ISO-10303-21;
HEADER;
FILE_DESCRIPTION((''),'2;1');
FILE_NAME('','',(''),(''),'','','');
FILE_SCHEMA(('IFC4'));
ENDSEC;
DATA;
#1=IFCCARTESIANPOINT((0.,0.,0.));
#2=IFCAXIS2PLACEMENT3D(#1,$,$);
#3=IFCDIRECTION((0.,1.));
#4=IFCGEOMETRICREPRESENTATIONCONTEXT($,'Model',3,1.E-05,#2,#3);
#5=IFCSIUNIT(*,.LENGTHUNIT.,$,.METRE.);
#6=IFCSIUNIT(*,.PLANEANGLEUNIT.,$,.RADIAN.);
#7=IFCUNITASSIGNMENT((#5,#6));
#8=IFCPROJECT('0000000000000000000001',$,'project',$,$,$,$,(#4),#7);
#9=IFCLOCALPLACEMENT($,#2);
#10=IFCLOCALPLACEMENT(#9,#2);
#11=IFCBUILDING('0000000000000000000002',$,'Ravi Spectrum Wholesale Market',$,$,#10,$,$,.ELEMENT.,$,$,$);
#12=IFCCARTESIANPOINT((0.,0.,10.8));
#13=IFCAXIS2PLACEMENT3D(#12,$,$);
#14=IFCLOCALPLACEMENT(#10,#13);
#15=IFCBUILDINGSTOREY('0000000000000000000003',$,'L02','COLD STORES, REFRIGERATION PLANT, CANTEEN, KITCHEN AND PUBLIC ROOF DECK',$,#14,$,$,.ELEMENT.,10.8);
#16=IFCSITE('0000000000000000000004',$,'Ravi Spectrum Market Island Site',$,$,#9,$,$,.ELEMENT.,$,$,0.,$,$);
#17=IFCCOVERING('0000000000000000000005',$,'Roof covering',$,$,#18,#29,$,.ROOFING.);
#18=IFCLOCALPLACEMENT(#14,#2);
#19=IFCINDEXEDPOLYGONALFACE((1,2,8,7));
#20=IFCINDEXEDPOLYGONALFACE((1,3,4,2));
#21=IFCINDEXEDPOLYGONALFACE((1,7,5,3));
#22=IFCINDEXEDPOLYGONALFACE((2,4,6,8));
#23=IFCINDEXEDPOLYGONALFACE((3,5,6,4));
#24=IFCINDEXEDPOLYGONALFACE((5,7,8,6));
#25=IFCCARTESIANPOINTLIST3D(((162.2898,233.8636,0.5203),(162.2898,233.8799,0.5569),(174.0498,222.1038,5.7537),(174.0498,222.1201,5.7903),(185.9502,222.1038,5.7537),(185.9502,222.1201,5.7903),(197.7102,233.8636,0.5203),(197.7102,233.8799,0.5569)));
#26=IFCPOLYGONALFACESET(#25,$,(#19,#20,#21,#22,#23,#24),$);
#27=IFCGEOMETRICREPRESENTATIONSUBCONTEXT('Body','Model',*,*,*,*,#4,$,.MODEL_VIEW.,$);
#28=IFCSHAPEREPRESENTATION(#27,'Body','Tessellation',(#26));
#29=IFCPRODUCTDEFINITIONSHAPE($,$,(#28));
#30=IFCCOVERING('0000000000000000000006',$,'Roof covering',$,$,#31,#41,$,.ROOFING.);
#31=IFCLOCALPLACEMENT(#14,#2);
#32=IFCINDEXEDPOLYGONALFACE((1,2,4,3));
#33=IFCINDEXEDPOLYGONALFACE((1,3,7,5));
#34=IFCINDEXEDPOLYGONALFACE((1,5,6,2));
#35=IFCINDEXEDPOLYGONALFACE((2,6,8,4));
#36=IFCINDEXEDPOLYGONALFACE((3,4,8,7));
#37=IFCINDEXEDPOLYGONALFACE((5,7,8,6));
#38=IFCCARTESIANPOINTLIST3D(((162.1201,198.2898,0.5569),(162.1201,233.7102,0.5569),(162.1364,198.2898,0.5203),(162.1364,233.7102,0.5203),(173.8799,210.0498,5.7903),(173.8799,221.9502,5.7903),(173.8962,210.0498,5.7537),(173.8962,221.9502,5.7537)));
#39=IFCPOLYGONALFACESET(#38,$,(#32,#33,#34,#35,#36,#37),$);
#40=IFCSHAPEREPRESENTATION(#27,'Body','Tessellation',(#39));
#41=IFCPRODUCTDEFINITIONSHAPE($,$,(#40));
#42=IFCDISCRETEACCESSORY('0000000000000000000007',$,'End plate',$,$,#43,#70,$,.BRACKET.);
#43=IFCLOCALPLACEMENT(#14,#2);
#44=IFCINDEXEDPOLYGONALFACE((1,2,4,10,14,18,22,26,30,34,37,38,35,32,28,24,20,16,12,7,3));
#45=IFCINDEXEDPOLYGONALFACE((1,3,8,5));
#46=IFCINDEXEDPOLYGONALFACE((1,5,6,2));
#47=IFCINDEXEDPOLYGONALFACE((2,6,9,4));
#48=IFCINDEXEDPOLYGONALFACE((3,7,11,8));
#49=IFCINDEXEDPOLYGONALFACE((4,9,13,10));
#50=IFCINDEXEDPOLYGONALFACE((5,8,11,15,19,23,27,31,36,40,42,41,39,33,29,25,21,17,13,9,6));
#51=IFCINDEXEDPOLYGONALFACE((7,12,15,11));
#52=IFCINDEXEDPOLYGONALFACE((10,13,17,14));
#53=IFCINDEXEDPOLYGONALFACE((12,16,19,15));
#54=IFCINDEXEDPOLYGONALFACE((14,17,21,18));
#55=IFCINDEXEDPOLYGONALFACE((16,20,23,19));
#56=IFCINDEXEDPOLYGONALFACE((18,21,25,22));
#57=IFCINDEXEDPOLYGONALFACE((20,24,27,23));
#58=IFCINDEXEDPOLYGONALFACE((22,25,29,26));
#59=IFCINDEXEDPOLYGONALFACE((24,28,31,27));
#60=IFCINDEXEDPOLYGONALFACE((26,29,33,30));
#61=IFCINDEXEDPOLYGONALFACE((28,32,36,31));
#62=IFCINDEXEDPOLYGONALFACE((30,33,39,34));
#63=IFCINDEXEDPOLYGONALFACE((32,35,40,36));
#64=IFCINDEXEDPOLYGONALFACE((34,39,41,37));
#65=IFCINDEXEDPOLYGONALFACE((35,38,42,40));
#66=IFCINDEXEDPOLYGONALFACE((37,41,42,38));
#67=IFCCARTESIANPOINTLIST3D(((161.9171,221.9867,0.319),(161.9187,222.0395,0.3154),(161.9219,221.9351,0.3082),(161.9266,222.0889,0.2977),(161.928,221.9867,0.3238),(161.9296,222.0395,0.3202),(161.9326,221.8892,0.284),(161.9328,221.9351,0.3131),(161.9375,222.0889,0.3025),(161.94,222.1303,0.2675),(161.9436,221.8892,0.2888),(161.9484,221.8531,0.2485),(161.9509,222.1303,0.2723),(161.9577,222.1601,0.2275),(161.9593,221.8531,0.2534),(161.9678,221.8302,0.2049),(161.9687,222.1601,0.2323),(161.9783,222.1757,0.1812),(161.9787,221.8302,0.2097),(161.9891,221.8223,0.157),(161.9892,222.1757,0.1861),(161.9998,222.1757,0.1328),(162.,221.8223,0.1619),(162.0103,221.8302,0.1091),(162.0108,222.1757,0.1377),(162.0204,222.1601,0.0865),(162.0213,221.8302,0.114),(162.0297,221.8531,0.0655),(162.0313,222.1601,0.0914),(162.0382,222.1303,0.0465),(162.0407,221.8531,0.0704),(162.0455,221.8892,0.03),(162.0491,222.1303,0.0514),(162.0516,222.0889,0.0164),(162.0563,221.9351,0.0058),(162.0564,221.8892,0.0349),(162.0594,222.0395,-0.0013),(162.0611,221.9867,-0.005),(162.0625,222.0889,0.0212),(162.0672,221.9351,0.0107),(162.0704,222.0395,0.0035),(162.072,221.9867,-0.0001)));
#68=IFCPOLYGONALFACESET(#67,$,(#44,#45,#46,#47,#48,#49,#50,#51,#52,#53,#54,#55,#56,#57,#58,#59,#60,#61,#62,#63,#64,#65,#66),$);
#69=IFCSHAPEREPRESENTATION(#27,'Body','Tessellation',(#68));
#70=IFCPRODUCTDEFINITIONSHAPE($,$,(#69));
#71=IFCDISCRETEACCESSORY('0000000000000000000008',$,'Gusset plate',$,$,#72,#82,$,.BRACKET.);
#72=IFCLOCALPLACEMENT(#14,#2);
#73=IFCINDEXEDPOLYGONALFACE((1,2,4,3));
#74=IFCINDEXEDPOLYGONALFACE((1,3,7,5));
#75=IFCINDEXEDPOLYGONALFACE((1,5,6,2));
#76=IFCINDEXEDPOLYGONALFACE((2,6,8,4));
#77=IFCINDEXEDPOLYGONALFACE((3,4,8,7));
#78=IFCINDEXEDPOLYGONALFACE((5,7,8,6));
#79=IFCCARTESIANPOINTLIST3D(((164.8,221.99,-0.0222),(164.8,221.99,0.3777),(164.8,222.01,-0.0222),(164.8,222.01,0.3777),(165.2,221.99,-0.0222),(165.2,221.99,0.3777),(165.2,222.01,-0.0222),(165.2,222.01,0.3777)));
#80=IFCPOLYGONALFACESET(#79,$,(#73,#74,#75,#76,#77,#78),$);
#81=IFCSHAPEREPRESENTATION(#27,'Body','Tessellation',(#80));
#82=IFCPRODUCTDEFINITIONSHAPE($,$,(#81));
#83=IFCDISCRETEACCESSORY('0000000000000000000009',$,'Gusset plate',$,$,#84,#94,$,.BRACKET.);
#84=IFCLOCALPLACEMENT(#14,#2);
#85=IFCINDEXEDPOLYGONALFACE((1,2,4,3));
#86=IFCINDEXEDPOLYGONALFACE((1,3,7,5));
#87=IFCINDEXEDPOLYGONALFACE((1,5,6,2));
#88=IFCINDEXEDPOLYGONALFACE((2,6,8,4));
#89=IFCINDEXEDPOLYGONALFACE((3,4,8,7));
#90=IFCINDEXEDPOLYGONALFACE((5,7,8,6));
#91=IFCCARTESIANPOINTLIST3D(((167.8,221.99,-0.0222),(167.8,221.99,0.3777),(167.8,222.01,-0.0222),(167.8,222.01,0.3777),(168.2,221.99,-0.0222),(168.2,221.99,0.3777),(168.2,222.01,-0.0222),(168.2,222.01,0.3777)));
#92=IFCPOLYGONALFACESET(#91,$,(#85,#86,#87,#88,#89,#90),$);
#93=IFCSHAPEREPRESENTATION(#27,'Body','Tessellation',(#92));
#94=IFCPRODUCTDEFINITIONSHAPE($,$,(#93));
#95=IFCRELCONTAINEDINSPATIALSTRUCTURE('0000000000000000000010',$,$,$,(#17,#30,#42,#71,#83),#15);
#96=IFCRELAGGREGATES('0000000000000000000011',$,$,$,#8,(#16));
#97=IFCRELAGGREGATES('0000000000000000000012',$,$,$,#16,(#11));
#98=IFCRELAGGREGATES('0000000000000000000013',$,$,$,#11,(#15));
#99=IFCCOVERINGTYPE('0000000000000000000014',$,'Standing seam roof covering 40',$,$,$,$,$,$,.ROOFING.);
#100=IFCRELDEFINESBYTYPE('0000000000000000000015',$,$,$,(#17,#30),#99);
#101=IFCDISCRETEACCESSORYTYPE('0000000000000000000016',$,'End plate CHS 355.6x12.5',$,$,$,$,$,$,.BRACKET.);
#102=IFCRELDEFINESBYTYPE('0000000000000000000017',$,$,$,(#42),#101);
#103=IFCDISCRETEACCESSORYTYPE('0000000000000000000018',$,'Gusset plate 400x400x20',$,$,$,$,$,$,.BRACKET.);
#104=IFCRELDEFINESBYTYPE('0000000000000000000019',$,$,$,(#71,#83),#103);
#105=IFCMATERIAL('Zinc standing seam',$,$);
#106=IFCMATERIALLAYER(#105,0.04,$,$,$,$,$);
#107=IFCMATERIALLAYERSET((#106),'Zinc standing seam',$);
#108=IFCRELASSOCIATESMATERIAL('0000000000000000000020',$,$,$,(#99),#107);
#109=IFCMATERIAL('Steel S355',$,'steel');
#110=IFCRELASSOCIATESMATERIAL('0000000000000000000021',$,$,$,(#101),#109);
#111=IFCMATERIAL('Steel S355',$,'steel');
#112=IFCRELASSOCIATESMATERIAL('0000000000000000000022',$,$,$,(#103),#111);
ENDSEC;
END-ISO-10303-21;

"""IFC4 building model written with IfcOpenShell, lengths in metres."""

from ifc_helpers import new_model, si_unit, direction, frame, origin, origin_2d, place, context, subcontext, project, spatial, polyline, rectangle, circle, outline, extrude, material, layer, layer_set, material_profile, profile_set, type_object, element, save


model = new_model("IFC4")

# Units and contexts
model_context = context("Model", 3, precision=1e-05, world=origin(), true_north=direction((0.0, 1.0)))
body_context = subcontext(model_context, "Body", "Model", "MODEL_VIEW")
ifc_project = project(units=[si_unit("LENGTHUNIT", "METRE"), si_unit("PLANEANGLEUNIT", "RADIAN")], contexts=[model_context])

# Site, building, storey
site_placement = place(None, origin())
site = spatial("IfcSite", under=ifc_project, at=site_placement, Name="Ravi Spectrum Market Island Site", CompositionType="ELEMENT", RefElevation=0.0)
building_placement = place(site_placement, origin())
building = spatial("IfcBuilding", under=site, at=building_placement, Name="Ravi Spectrum Wholesale Market", CompositionType="ELEMENT")
storey_placement = place(building_placement, frame((0.0, 0.0, 10.8)))
storey = spatial("IfcBuildingStorey", under=building, at=storey_placement, Name="L02", Description="COLD STORES, REFRIGERATION PLANT, CANTEEN, KITCHEN AND PUBLIC ROOF DECK", CompositionType="ELEMENT", Elevation=10.8)

# Coverings
ifc_material_1 = material(Name="Zinc standing seam")
ifc_layer_1 = layer(ifc_material_1, 0.04)
ifc_layer_set_1 = layer_set([ifc_layer_1], Name="Zinc standing seam")
covering_type = type_object("IfcCoveringType", Name="Standing seam roof covering 40", PredefinedType="ROOFING", material=ifc_layer_set_1)
for number, where, z_axis, x_axis, name in (
    (1, (162.2898, 233.8799, 0.5569), (0.0, 0.406582, 0.913614), (1.0, 0.0, 0.0), "Roof covering"),
    (2, (162.1201, 198.2898, 0.5569), (-0.406582, 0.0, 0.913614), (0.0, 1.0, 0.0), "Roof covering"),
):
    element("IfcCovering", number, at=place(storey_placement, frame(where, z_axis=z_axis, x_axis=x_axis)), inside=storey, type_object=covering_type, Name=name, PredefinedType="ROOFING", context=body_context, shape_type="SweptSolid", body=[
        extrude(outline(polyline([(0.0, 0.0), (35.4204, 0.0), (23.6604, -12.8717), (11.76, -12.8717), (0.0, 0.0)])), origin(), (0.0, 0.0, -1.0), 0.04),
    ])

# Discrete accessories
ifc_material_2 = material(Name="Steel S355", Category="steel")
ifc_material_profile_1 = material_profile(ifc_material_2, circle(Radius=0.1777, at=origin_2d()))
ifc_profile_set_1 = profile_set([ifc_material_profile_1], Name="Steel S355")
discrete_accessory_type_1 = type_object("IfcDiscreteAccessoryType", Name="End plate CHS 355.6x12.5", PredefinedType="BRACKET", material=ifc_profile_set_1)
discrete_accessory_placement = place(storey_placement, frame((162.0, 222.0, 0.1619), z_axis=(-0.913812, 0.0, -0.406138), x_axis=(0.0, -1.0, 0.0)))
element("IfcDiscreteAccessory", 3, at=discrete_accessory_placement, inside=storey, type_object=discrete_accessory_type_1, Name="End plate", PredefinedType="BRACKET", context=body_context, shape_type="SweptSolid", body=[
    extrude(circle(Radius=0.1777, at=origin_2d()), origin(), (0.0, 0.0, 1.0), 0.012),
])
ifc_material_3 = material(Name="Steel S355", Category="steel")
ifc_material_profile_2 = material_profile(ifc_material_3, rectangle(XDim=0.3999, YDim=0.02, at=origin_2d()))
ifc_profile_set_2 = profile_set([ifc_material_profile_2], Name="Steel S355")
discrete_accessory_type_2 = type_object("IfcDiscreteAccessoryType", Name="Gusset plate 400x400x20", PredefinedType="BRACKET", material=ifc_profile_set_2)
for number, where, z_axis, x_axis, name in (
    (4, (165.0, 222.0, -0.0222), (0.0, 0.0, 1.0), (1.0, 0.0, 0.0), "Gusset plate"),
    (5, (168.0, 222.0, -0.0222), (0.0, 0.0, 1.0), (1.0, 0.0, 0.0), "Gusset plate"),
):
    element("IfcDiscreteAccessory", number, at=place(storey_placement, frame(where, z_axis=z_axis, x_axis=x_axis)), inside=storey, type_object=discrete_accessory_type_2, Name=name, PredefinedType="BRACKET", context=body_context, shape_type="SweptSolid", body=[
        extrude(rectangle(XDim=0.3999, YDim=0.02, at=origin_2d()), origin(), (0.0, 0.0, 1.0), 0.3999),
    ])

save(model, "model.ifc")
